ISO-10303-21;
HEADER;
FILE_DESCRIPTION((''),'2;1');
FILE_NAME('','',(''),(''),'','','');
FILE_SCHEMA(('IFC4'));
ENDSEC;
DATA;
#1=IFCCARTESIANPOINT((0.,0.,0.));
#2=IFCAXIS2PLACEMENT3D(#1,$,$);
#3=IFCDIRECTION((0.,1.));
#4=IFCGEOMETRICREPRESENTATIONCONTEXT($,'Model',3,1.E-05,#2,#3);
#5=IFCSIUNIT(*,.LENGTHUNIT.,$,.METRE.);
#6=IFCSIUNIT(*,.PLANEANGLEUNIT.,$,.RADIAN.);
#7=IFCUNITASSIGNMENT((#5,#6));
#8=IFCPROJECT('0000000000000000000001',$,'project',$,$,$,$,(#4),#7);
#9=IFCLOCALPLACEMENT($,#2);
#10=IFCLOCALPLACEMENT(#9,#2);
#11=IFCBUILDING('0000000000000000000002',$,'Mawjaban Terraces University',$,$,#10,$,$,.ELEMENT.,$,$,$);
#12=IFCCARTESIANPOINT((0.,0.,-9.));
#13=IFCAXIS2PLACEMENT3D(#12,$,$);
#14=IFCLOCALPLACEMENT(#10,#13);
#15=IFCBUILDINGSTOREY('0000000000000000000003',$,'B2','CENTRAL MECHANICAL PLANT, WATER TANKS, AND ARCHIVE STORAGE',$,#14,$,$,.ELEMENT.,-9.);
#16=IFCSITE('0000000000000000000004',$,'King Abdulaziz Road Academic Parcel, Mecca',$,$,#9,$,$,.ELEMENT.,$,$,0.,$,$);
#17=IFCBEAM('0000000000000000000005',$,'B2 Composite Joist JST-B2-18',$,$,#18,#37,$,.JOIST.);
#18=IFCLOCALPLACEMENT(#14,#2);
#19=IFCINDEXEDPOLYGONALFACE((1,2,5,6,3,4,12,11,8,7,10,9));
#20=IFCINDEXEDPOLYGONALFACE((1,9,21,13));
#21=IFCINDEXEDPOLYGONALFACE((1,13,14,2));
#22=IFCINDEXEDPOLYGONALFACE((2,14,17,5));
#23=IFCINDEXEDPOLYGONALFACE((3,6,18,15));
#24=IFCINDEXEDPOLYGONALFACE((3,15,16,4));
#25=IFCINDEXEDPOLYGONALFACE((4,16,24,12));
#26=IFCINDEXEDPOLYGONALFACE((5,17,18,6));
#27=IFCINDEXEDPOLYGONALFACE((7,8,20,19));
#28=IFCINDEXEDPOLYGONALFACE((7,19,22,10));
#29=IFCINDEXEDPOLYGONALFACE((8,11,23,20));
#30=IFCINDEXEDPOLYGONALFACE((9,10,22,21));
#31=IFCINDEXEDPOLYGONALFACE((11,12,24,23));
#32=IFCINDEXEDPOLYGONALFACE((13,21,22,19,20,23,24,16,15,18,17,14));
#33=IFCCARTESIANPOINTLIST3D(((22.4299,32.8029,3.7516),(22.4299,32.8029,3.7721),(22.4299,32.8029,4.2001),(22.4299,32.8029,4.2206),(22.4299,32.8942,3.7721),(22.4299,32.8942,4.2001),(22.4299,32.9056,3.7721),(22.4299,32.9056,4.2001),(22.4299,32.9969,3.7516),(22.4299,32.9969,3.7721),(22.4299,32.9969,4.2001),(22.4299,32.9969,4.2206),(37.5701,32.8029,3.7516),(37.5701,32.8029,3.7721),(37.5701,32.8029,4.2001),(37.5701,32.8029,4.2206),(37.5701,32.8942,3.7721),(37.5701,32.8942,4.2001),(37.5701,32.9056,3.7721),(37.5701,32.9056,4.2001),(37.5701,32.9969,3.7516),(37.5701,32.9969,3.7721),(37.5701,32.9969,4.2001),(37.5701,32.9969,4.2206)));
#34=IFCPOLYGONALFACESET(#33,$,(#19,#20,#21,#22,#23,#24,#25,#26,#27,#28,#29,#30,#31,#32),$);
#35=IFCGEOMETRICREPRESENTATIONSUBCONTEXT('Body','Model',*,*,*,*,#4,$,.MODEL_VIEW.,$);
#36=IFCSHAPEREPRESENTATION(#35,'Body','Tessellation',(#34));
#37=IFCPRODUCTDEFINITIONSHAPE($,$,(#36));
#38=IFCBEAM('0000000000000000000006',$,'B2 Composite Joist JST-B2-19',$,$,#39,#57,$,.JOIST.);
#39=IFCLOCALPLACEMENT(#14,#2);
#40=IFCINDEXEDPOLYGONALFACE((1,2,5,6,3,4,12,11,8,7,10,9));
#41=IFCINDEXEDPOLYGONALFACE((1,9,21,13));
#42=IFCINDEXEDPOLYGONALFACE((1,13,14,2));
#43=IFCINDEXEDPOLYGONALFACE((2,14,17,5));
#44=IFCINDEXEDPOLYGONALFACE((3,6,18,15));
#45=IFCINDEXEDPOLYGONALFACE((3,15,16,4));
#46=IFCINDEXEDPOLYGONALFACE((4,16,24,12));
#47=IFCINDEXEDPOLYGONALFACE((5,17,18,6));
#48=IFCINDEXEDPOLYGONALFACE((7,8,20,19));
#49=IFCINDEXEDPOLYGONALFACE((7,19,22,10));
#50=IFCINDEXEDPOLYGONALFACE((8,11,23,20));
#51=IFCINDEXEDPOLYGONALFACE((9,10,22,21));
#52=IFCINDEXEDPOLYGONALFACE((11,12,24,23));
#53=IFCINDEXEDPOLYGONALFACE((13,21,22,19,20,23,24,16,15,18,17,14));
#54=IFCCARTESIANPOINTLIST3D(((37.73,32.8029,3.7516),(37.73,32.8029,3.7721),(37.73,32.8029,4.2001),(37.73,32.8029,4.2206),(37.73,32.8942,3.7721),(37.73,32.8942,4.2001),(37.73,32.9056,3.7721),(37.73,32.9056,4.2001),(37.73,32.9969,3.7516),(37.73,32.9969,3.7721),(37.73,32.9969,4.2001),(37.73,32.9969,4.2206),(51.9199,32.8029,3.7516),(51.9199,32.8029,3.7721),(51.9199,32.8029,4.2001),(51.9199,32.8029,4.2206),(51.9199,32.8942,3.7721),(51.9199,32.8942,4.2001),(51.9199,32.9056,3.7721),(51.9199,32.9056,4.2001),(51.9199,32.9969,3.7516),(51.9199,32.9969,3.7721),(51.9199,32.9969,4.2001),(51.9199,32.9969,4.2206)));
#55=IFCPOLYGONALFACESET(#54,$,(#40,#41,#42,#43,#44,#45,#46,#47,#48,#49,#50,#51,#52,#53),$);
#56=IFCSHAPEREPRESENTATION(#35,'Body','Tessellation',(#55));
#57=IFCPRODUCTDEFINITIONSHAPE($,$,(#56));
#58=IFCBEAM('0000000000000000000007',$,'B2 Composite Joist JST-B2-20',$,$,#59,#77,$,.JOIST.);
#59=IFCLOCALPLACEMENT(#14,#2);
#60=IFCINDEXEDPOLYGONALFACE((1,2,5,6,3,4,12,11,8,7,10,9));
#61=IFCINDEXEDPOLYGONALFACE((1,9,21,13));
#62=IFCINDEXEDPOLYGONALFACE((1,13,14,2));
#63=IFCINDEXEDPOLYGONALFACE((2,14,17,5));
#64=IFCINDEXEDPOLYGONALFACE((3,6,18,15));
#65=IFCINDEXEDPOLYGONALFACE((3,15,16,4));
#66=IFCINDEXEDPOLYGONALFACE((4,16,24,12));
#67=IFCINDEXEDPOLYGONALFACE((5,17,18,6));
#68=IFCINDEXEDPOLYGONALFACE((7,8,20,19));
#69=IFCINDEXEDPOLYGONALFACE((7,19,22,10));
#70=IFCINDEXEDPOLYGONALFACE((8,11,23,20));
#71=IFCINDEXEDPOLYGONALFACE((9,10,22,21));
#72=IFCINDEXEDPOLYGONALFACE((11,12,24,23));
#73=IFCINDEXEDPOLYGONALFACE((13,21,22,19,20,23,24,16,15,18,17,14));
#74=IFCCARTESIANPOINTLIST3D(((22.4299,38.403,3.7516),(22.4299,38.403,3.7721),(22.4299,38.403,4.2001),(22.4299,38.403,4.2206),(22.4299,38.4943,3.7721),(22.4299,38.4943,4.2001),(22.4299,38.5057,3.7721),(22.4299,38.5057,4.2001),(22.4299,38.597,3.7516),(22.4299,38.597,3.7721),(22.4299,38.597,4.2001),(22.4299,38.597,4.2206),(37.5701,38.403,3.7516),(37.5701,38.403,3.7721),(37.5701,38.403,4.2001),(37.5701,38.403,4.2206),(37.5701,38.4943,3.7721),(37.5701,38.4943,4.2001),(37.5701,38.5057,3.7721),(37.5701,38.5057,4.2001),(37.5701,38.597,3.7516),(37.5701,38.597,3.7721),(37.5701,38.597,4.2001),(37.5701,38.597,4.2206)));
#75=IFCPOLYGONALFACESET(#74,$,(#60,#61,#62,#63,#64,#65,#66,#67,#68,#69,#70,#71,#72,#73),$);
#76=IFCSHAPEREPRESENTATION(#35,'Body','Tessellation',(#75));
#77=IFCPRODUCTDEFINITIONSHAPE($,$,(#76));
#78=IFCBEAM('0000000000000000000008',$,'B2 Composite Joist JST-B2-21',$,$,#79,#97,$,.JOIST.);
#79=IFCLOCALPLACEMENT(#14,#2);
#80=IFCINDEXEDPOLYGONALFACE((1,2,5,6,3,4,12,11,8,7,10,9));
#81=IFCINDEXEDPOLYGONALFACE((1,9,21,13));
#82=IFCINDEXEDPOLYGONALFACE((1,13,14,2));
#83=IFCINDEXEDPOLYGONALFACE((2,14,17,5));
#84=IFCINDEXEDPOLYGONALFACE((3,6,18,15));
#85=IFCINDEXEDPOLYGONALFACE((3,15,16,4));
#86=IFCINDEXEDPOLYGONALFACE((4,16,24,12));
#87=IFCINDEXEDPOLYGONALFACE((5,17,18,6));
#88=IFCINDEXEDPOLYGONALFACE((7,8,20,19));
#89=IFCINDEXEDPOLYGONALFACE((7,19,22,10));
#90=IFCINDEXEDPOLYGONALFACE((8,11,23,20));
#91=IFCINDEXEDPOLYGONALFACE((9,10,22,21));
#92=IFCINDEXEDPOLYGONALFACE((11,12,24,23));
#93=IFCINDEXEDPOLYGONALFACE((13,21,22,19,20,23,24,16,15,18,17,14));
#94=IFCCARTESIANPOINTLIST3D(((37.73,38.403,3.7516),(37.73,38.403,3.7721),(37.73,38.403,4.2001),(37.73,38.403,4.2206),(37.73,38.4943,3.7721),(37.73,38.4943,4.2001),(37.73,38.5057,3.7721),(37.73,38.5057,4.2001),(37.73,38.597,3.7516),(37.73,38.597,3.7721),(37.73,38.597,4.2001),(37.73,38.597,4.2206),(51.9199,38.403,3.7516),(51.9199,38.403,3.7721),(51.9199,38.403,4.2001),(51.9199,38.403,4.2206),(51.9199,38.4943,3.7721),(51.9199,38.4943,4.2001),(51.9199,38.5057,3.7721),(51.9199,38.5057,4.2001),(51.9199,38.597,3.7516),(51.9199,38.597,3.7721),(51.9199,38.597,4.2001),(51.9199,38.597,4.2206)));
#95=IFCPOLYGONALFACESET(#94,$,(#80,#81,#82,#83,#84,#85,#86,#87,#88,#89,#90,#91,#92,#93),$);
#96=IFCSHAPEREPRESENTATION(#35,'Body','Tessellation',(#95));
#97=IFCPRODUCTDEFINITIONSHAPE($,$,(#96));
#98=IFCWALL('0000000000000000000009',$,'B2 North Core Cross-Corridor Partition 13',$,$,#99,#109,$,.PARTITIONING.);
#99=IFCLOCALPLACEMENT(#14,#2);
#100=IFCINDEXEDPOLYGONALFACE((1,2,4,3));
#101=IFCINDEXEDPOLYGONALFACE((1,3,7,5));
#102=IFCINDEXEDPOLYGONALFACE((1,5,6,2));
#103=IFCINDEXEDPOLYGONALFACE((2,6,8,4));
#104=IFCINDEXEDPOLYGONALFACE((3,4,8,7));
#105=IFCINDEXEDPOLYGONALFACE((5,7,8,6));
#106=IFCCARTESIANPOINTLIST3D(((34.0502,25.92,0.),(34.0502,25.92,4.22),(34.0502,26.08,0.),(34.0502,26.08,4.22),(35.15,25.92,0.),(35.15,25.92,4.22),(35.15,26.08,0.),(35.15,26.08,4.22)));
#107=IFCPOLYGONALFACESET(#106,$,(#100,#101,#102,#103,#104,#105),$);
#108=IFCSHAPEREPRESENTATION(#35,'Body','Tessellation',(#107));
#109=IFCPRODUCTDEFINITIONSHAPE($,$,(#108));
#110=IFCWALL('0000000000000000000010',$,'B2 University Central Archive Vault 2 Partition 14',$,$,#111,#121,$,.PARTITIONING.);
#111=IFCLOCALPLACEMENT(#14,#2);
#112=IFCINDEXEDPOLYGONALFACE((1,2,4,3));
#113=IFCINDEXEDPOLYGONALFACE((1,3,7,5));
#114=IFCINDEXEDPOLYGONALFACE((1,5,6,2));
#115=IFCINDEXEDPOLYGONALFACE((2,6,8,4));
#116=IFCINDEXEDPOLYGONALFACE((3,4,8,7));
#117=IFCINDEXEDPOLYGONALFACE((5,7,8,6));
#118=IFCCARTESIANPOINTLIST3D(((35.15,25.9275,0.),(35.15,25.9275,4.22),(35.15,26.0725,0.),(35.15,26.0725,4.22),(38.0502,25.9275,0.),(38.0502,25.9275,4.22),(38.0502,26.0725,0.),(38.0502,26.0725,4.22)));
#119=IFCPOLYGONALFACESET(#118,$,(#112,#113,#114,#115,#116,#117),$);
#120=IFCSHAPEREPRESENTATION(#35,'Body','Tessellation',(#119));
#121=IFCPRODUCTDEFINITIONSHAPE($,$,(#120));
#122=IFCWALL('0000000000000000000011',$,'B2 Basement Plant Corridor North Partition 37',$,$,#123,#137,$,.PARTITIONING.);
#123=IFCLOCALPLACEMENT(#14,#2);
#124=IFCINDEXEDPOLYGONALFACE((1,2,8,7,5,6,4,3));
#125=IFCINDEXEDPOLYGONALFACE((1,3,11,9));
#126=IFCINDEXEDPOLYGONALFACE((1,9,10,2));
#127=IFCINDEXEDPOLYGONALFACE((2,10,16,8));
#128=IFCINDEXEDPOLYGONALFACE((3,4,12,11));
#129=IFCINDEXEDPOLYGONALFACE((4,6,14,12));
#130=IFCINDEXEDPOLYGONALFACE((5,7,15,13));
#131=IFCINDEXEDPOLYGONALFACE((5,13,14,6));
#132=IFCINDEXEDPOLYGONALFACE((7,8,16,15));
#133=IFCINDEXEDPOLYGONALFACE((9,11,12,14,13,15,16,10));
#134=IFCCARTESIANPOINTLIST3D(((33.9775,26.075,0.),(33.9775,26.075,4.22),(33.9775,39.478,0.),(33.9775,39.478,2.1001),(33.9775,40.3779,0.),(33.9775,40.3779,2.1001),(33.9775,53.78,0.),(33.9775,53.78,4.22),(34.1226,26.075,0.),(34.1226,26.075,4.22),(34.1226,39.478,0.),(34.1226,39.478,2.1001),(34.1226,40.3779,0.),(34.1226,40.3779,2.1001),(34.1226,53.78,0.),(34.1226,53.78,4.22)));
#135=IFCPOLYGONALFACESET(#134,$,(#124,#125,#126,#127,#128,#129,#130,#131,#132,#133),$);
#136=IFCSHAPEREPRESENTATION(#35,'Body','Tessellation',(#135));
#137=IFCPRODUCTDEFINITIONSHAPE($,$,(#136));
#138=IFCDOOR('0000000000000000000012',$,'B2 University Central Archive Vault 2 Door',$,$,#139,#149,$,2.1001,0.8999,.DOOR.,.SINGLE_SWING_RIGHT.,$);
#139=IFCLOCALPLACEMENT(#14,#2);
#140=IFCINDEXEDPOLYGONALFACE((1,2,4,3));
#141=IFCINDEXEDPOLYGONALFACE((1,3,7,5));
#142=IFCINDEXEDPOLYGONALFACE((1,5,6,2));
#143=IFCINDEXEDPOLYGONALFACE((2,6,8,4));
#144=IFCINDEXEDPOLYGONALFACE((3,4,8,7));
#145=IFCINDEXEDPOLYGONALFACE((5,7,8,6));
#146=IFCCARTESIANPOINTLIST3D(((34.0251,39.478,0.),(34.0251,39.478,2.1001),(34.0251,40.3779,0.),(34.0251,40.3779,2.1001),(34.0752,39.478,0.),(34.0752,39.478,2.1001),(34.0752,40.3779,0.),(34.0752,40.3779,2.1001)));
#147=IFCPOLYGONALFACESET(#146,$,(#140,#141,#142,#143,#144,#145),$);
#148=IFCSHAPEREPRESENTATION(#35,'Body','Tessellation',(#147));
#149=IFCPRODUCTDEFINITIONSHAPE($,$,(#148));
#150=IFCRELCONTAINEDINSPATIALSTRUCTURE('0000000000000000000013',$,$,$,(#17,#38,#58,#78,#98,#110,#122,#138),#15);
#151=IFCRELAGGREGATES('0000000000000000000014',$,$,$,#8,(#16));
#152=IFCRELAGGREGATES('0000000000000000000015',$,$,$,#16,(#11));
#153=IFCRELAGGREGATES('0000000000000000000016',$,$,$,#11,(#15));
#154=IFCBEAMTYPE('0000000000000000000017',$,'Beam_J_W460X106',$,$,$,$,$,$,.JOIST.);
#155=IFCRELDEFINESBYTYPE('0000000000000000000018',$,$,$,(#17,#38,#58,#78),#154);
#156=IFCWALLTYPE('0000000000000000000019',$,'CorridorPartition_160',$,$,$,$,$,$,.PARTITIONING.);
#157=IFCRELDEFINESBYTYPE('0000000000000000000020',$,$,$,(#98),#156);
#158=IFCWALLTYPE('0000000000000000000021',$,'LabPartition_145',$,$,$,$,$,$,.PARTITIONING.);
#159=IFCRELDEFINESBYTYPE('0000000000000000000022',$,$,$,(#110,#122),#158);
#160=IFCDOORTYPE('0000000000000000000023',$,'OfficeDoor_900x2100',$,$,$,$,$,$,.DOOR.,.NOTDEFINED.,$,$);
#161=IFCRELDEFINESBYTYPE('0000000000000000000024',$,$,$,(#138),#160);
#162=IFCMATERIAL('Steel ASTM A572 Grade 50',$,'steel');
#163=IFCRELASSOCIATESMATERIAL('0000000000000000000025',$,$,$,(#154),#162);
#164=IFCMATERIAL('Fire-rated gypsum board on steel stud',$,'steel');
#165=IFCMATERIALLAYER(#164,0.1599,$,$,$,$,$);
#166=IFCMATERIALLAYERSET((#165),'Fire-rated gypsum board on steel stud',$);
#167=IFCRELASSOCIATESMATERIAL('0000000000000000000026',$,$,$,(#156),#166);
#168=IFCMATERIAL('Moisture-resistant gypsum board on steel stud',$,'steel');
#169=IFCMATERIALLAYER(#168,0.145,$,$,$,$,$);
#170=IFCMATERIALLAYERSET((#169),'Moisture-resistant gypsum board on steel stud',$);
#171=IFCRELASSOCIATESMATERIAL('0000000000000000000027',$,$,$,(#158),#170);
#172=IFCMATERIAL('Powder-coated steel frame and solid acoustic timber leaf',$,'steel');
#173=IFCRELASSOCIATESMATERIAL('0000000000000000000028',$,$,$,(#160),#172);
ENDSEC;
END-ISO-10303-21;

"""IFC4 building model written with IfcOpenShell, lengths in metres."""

from ifc_helpers import new_model, si_unit, direction, frame, frame_2d, origin, origin_2d, place, context, subcontext, project, spatial, rectangle, i_section, extrude, material, layer, layer_set, material_profile, profile_set, type_object, element, fill, save


model = new_model("IFC4")

# Units and contexts
model_context = context("Model", 3, precision=1e-05, world=origin(), true_north=direction((0.0, 1.0)))
body_context = subcontext(model_context, "Body", "Model", "MODEL_VIEW")
ifc_project = project(units=[si_unit("LENGTHUNIT", "METRE"), si_unit("PLANEANGLEUNIT", "RADIAN")], contexts=[model_context])

# Site, building, storey
site_placement = place(None, origin())
site = spatial("IfcSite", under=ifc_project, at=site_placement, Name="King Abdulaziz Road Academic Parcel, Mecca", CompositionType="ELEMENT", RefElevation=0.0)
building_placement = place(site_placement, origin())
building = spatial("IfcBuilding", under=site, at=building_placement, Name="Mawjaban Terraces University", CompositionType="ELEMENT")
storey_placement = place(building_placement, frame((0.0, 0.0, -9.0)))
storey = spatial("IfcBuildingStorey", under=building, at=storey_placement, Name="B2", Description="CENTRAL MECHANICAL PLANT, WATER TANKS, AND ARCHIVE STORAGE", CompositionType="ELEMENT", Elevation=-9.0)

# Beams
ifc_material_1 = material(Name="Steel ASTM A572 Grade 50", Category="steel")
ifc_material_profile_1 = material_profile(ifc_material_1, i_section(OverallWidth=0.1941, OverallDepth=0.469, WebThickness=0.0115, FlangeThickness=0.0205, at=origin_2d()), Name="W460X106")
ifc_profile_set_1 = profile_set([ifc_material_profile_1], Name="Steel ASTM A572 Grade 50")
beam_type_1 = type_object("IfcBeamType", Name="Beam_J_W460X106", PredefinedType="JOIST", material=ifc_profile_set_1)
for number, where, z_axis, x_axis, name in (
    (1, (22.4299, 32.8999, 3.9861), (1.0, 0.0, 0.0), (0.0, 1.0, 0.0), "B2 Composite Joist JST-B2-18"),
):
    element("IfcBeam", number, at=place(storey_placement, frame(where, z_axis=z_axis, x_axis=x_axis)), inside=storey, type_object=beam_type_1, Name=name, PredefinedType="JOIST", context=body_context, shape_type="SweptSolid", body=[
        extrude(i_section(OverallWidth=0.1941, OverallDepth=0.469, WebThickness=0.0115, FlangeThickness=0.0205, at=origin_2d()), origin(), (0.0, 0.0, 1.0), 15.1401),
    ])
beam_1_placement = place(storey_placement, frame((37.73, 32.8999, 3.9861), z_axis=(1.0, 0.0, 0.0), x_axis=(0.0, 1.0, 0.0)))
element("IfcBeam", 2, at=beam_1_placement, inside=storey, type_object=beam_type_1, Name="B2 Composite Joist JST-B2-19", PredefinedType="JOIST", context=body_context, shape_type="SweptSolid", body=[
    extrude(i_section(OverallWidth=0.1941, OverallDepth=0.469, WebThickness=0.0115, FlangeThickness=0.0205, at=origin_2d()), origin(), (0.0, 0.0, 1.0), 14.1899),
])
beam_2_placement = place(storey_placement, frame((22.4299, 38.5, 3.9861), z_axis=(1.0, 0.0, 0.0), x_axis=(0.0, 1.0, 0.0)))
element("IfcBeam", 3, at=beam_2_placement, inside=storey, type_object=beam_type_1, Name="B2 Composite Joist JST-B2-20", PredefinedType="JOIST", context=body_context, shape_type="SweptSolid", body=[
    extrude(i_section(OverallWidth=0.1941, OverallDepth=0.469, WebThickness=0.0115, FlangeThickness=0.0205, at=origin_2d()), origin(), (0.0, 0.0, 1.0), 15.1401),
])
beam_3_placement = place(storey_placement, frame((37.73, 38.5, 3.9861), z_axis=(1.0, 0.0, 0.0), x_axis=(0.0, 1.0, 0.0)))
element("IfcBeam", 4, at=beam_3_placement, inside=storey, type_object=beam_type_1, Name="B2 Composite Joist JST-B2-21", PredefinedType="JOIST", context=body_context, shape_type="SweptSolid", body=[
    extrude(i_section(OverallWidth=0.1941, OverallDepth=0.469, WebThickness=0.0115, FlangeThickness=0.0205, at=origin_2d()), origin(), (0.0, 0.0, 1.0), 14.1899),
])

# Walls
ifc_material_2 = material(Name="Fire-rated gypsum board on steel stud", Category="steel")
ifc_layer_1 = layer(ifc_material_2, 0.1599)
ifc_layer_set_1 = layer_set([ifc_layer_1], Name="Fire-rated gypsum board on steel stud")
wall_type_1 = type_object("IfcWallType", Name="CorridorPartition_160", PredefinedType="PARTITIONING", material=ifc_layer_set_1)
wall_1_placement = place(storey_placement, frame((35.1499, 26.0, 0.0), z_axis=(0.0, 0.0, 1.0), x_axis=(-1.0, 0.0, 0.0)))
element("IfcWall", 5, at=wall_1_placement, inside=storey, type_object=wall_type_1, Name="B2 North Core Cross-Corridor Partition 13", PredefinedType="PARTITIONING", context=body_context, shape_type="SweptSolid", body=[
    extrude(rectangle(XDim=1.0999, YDim=0.1599, at=frame_2d((0.5498, 0.0))), origin(), (0.0, 0.0, 1.0), 4.22),
])
ifc_material_3 = material(Name="Moisture-resistant gypsum board on steel stud", Category="steel")
ifc_layer_2 = layer(ifc_material_3, 0.145)
ifc_layer_set_2 = layer_set([ifc_layer_2], Name="Moisture-resistant gypsum board on steel stud")
wall_type_2 = type_object("IfcWallType", Name="LabPartition_145", PredefinedType="PARTITIONING", material=ifc_layer_set_2)
wall_2_placement = place(storey_placement, frame((35.1499, 26.0, 0.0), z_axis=(0.0, 0.0, 1.0), x_axis=(1.0, 0.0, 0.0)))
element("IfcWall", 6, at=wall_2_placement, inside=storey, type_object=wall_type_2, Name="B2 University Central Archive Vault 2 Partition 14", PredefinedType="PARTITIONING", context=body_context, shape_type="SweptSolid", body=[
    extrude(rectangle(XDim=2.9001, YDim=0.145, at=frame_2d((1.4502, 0.0))), origin(), (0.0, 0.0, 1.0), 4.22),
])

# Wall, opening, door
wall_3_placement = place(storey_placement, frame((34.05, 26.075, 0.0), z_axis=(0.0, 0.0, 1.0), x_axis=(0.0, 1.0, 0.0)))
wall_3 = element("IfcWall", 7, at=wall_3_placement, inside=storey, type_object=wall_type_2, Name="B2 Basement Plant Corridor North Partition 37", PredefinedType="PARTITIONING", context=body_context, shape_type="SweptSolid", body=[
    extrude(rectangle(XDim=27.7051, YDim=0.145, at=frame_2d((13.8525, 0.0))), origin(), (0.0, 0.0, 1.0), 4.22),
])
opening_placement = place(wall_3_placement, frame((13.4031, 0.0, 0.0)))
opening = element("IfcOpeningElement", 8, at=opening_placement, cuts=wall_3, PredefinedType="OPENING", context=body_context, shape_type="SweptSolid", body=[
    extrude(rectangle(XDim=0.8999, YDim=2.1001, at=frame_2d((0.45, 1.05))), frame((0.0, 0.0825, 0.0), z_axis=(0.0, -1.0, 0.0), x_axis=(1.0, 0.0, 0.0)), (0.0, 0.0, 1.0), 0.165),
])
ifc_material_4 = material(Name="Powder-coated steel frame and solid acoustic timber leaf", Category="steel")
door_type = type_object("IfcDoorType", Name="OfficeDoor_900x2100", OperationType="NOTDEFINED", PredefinedType="DOOR", material=ifc_material_4)
door_placement = place(opening_placement, origin())
door = element("IfcDoor", 9, at=door_placement, inside=storey, type_object=door_type, Name="B2 University Central Archive Vault 2 Door", OperationType="SINGLE_SWING_RIGHT", OverallHeight=2.1001, OverallWidth=0.8999, PredefinedType="DOOR", context=body_context, shape_type="SweptSolid", body=[
    extrude(rectangle(XDim=0.8999, YDim=2.1001, at=frame_2d((0.45, 1.05))), frame((0.0, 0.0249, 0.0), z_axis=(0.0, -1.0, 0.0), x_axis=(1.0, 0.0, 0.0)), (0.0, 0.0, 1.0), 0.05),
])
fill(opening, door)

save(model, "model.ifc")
